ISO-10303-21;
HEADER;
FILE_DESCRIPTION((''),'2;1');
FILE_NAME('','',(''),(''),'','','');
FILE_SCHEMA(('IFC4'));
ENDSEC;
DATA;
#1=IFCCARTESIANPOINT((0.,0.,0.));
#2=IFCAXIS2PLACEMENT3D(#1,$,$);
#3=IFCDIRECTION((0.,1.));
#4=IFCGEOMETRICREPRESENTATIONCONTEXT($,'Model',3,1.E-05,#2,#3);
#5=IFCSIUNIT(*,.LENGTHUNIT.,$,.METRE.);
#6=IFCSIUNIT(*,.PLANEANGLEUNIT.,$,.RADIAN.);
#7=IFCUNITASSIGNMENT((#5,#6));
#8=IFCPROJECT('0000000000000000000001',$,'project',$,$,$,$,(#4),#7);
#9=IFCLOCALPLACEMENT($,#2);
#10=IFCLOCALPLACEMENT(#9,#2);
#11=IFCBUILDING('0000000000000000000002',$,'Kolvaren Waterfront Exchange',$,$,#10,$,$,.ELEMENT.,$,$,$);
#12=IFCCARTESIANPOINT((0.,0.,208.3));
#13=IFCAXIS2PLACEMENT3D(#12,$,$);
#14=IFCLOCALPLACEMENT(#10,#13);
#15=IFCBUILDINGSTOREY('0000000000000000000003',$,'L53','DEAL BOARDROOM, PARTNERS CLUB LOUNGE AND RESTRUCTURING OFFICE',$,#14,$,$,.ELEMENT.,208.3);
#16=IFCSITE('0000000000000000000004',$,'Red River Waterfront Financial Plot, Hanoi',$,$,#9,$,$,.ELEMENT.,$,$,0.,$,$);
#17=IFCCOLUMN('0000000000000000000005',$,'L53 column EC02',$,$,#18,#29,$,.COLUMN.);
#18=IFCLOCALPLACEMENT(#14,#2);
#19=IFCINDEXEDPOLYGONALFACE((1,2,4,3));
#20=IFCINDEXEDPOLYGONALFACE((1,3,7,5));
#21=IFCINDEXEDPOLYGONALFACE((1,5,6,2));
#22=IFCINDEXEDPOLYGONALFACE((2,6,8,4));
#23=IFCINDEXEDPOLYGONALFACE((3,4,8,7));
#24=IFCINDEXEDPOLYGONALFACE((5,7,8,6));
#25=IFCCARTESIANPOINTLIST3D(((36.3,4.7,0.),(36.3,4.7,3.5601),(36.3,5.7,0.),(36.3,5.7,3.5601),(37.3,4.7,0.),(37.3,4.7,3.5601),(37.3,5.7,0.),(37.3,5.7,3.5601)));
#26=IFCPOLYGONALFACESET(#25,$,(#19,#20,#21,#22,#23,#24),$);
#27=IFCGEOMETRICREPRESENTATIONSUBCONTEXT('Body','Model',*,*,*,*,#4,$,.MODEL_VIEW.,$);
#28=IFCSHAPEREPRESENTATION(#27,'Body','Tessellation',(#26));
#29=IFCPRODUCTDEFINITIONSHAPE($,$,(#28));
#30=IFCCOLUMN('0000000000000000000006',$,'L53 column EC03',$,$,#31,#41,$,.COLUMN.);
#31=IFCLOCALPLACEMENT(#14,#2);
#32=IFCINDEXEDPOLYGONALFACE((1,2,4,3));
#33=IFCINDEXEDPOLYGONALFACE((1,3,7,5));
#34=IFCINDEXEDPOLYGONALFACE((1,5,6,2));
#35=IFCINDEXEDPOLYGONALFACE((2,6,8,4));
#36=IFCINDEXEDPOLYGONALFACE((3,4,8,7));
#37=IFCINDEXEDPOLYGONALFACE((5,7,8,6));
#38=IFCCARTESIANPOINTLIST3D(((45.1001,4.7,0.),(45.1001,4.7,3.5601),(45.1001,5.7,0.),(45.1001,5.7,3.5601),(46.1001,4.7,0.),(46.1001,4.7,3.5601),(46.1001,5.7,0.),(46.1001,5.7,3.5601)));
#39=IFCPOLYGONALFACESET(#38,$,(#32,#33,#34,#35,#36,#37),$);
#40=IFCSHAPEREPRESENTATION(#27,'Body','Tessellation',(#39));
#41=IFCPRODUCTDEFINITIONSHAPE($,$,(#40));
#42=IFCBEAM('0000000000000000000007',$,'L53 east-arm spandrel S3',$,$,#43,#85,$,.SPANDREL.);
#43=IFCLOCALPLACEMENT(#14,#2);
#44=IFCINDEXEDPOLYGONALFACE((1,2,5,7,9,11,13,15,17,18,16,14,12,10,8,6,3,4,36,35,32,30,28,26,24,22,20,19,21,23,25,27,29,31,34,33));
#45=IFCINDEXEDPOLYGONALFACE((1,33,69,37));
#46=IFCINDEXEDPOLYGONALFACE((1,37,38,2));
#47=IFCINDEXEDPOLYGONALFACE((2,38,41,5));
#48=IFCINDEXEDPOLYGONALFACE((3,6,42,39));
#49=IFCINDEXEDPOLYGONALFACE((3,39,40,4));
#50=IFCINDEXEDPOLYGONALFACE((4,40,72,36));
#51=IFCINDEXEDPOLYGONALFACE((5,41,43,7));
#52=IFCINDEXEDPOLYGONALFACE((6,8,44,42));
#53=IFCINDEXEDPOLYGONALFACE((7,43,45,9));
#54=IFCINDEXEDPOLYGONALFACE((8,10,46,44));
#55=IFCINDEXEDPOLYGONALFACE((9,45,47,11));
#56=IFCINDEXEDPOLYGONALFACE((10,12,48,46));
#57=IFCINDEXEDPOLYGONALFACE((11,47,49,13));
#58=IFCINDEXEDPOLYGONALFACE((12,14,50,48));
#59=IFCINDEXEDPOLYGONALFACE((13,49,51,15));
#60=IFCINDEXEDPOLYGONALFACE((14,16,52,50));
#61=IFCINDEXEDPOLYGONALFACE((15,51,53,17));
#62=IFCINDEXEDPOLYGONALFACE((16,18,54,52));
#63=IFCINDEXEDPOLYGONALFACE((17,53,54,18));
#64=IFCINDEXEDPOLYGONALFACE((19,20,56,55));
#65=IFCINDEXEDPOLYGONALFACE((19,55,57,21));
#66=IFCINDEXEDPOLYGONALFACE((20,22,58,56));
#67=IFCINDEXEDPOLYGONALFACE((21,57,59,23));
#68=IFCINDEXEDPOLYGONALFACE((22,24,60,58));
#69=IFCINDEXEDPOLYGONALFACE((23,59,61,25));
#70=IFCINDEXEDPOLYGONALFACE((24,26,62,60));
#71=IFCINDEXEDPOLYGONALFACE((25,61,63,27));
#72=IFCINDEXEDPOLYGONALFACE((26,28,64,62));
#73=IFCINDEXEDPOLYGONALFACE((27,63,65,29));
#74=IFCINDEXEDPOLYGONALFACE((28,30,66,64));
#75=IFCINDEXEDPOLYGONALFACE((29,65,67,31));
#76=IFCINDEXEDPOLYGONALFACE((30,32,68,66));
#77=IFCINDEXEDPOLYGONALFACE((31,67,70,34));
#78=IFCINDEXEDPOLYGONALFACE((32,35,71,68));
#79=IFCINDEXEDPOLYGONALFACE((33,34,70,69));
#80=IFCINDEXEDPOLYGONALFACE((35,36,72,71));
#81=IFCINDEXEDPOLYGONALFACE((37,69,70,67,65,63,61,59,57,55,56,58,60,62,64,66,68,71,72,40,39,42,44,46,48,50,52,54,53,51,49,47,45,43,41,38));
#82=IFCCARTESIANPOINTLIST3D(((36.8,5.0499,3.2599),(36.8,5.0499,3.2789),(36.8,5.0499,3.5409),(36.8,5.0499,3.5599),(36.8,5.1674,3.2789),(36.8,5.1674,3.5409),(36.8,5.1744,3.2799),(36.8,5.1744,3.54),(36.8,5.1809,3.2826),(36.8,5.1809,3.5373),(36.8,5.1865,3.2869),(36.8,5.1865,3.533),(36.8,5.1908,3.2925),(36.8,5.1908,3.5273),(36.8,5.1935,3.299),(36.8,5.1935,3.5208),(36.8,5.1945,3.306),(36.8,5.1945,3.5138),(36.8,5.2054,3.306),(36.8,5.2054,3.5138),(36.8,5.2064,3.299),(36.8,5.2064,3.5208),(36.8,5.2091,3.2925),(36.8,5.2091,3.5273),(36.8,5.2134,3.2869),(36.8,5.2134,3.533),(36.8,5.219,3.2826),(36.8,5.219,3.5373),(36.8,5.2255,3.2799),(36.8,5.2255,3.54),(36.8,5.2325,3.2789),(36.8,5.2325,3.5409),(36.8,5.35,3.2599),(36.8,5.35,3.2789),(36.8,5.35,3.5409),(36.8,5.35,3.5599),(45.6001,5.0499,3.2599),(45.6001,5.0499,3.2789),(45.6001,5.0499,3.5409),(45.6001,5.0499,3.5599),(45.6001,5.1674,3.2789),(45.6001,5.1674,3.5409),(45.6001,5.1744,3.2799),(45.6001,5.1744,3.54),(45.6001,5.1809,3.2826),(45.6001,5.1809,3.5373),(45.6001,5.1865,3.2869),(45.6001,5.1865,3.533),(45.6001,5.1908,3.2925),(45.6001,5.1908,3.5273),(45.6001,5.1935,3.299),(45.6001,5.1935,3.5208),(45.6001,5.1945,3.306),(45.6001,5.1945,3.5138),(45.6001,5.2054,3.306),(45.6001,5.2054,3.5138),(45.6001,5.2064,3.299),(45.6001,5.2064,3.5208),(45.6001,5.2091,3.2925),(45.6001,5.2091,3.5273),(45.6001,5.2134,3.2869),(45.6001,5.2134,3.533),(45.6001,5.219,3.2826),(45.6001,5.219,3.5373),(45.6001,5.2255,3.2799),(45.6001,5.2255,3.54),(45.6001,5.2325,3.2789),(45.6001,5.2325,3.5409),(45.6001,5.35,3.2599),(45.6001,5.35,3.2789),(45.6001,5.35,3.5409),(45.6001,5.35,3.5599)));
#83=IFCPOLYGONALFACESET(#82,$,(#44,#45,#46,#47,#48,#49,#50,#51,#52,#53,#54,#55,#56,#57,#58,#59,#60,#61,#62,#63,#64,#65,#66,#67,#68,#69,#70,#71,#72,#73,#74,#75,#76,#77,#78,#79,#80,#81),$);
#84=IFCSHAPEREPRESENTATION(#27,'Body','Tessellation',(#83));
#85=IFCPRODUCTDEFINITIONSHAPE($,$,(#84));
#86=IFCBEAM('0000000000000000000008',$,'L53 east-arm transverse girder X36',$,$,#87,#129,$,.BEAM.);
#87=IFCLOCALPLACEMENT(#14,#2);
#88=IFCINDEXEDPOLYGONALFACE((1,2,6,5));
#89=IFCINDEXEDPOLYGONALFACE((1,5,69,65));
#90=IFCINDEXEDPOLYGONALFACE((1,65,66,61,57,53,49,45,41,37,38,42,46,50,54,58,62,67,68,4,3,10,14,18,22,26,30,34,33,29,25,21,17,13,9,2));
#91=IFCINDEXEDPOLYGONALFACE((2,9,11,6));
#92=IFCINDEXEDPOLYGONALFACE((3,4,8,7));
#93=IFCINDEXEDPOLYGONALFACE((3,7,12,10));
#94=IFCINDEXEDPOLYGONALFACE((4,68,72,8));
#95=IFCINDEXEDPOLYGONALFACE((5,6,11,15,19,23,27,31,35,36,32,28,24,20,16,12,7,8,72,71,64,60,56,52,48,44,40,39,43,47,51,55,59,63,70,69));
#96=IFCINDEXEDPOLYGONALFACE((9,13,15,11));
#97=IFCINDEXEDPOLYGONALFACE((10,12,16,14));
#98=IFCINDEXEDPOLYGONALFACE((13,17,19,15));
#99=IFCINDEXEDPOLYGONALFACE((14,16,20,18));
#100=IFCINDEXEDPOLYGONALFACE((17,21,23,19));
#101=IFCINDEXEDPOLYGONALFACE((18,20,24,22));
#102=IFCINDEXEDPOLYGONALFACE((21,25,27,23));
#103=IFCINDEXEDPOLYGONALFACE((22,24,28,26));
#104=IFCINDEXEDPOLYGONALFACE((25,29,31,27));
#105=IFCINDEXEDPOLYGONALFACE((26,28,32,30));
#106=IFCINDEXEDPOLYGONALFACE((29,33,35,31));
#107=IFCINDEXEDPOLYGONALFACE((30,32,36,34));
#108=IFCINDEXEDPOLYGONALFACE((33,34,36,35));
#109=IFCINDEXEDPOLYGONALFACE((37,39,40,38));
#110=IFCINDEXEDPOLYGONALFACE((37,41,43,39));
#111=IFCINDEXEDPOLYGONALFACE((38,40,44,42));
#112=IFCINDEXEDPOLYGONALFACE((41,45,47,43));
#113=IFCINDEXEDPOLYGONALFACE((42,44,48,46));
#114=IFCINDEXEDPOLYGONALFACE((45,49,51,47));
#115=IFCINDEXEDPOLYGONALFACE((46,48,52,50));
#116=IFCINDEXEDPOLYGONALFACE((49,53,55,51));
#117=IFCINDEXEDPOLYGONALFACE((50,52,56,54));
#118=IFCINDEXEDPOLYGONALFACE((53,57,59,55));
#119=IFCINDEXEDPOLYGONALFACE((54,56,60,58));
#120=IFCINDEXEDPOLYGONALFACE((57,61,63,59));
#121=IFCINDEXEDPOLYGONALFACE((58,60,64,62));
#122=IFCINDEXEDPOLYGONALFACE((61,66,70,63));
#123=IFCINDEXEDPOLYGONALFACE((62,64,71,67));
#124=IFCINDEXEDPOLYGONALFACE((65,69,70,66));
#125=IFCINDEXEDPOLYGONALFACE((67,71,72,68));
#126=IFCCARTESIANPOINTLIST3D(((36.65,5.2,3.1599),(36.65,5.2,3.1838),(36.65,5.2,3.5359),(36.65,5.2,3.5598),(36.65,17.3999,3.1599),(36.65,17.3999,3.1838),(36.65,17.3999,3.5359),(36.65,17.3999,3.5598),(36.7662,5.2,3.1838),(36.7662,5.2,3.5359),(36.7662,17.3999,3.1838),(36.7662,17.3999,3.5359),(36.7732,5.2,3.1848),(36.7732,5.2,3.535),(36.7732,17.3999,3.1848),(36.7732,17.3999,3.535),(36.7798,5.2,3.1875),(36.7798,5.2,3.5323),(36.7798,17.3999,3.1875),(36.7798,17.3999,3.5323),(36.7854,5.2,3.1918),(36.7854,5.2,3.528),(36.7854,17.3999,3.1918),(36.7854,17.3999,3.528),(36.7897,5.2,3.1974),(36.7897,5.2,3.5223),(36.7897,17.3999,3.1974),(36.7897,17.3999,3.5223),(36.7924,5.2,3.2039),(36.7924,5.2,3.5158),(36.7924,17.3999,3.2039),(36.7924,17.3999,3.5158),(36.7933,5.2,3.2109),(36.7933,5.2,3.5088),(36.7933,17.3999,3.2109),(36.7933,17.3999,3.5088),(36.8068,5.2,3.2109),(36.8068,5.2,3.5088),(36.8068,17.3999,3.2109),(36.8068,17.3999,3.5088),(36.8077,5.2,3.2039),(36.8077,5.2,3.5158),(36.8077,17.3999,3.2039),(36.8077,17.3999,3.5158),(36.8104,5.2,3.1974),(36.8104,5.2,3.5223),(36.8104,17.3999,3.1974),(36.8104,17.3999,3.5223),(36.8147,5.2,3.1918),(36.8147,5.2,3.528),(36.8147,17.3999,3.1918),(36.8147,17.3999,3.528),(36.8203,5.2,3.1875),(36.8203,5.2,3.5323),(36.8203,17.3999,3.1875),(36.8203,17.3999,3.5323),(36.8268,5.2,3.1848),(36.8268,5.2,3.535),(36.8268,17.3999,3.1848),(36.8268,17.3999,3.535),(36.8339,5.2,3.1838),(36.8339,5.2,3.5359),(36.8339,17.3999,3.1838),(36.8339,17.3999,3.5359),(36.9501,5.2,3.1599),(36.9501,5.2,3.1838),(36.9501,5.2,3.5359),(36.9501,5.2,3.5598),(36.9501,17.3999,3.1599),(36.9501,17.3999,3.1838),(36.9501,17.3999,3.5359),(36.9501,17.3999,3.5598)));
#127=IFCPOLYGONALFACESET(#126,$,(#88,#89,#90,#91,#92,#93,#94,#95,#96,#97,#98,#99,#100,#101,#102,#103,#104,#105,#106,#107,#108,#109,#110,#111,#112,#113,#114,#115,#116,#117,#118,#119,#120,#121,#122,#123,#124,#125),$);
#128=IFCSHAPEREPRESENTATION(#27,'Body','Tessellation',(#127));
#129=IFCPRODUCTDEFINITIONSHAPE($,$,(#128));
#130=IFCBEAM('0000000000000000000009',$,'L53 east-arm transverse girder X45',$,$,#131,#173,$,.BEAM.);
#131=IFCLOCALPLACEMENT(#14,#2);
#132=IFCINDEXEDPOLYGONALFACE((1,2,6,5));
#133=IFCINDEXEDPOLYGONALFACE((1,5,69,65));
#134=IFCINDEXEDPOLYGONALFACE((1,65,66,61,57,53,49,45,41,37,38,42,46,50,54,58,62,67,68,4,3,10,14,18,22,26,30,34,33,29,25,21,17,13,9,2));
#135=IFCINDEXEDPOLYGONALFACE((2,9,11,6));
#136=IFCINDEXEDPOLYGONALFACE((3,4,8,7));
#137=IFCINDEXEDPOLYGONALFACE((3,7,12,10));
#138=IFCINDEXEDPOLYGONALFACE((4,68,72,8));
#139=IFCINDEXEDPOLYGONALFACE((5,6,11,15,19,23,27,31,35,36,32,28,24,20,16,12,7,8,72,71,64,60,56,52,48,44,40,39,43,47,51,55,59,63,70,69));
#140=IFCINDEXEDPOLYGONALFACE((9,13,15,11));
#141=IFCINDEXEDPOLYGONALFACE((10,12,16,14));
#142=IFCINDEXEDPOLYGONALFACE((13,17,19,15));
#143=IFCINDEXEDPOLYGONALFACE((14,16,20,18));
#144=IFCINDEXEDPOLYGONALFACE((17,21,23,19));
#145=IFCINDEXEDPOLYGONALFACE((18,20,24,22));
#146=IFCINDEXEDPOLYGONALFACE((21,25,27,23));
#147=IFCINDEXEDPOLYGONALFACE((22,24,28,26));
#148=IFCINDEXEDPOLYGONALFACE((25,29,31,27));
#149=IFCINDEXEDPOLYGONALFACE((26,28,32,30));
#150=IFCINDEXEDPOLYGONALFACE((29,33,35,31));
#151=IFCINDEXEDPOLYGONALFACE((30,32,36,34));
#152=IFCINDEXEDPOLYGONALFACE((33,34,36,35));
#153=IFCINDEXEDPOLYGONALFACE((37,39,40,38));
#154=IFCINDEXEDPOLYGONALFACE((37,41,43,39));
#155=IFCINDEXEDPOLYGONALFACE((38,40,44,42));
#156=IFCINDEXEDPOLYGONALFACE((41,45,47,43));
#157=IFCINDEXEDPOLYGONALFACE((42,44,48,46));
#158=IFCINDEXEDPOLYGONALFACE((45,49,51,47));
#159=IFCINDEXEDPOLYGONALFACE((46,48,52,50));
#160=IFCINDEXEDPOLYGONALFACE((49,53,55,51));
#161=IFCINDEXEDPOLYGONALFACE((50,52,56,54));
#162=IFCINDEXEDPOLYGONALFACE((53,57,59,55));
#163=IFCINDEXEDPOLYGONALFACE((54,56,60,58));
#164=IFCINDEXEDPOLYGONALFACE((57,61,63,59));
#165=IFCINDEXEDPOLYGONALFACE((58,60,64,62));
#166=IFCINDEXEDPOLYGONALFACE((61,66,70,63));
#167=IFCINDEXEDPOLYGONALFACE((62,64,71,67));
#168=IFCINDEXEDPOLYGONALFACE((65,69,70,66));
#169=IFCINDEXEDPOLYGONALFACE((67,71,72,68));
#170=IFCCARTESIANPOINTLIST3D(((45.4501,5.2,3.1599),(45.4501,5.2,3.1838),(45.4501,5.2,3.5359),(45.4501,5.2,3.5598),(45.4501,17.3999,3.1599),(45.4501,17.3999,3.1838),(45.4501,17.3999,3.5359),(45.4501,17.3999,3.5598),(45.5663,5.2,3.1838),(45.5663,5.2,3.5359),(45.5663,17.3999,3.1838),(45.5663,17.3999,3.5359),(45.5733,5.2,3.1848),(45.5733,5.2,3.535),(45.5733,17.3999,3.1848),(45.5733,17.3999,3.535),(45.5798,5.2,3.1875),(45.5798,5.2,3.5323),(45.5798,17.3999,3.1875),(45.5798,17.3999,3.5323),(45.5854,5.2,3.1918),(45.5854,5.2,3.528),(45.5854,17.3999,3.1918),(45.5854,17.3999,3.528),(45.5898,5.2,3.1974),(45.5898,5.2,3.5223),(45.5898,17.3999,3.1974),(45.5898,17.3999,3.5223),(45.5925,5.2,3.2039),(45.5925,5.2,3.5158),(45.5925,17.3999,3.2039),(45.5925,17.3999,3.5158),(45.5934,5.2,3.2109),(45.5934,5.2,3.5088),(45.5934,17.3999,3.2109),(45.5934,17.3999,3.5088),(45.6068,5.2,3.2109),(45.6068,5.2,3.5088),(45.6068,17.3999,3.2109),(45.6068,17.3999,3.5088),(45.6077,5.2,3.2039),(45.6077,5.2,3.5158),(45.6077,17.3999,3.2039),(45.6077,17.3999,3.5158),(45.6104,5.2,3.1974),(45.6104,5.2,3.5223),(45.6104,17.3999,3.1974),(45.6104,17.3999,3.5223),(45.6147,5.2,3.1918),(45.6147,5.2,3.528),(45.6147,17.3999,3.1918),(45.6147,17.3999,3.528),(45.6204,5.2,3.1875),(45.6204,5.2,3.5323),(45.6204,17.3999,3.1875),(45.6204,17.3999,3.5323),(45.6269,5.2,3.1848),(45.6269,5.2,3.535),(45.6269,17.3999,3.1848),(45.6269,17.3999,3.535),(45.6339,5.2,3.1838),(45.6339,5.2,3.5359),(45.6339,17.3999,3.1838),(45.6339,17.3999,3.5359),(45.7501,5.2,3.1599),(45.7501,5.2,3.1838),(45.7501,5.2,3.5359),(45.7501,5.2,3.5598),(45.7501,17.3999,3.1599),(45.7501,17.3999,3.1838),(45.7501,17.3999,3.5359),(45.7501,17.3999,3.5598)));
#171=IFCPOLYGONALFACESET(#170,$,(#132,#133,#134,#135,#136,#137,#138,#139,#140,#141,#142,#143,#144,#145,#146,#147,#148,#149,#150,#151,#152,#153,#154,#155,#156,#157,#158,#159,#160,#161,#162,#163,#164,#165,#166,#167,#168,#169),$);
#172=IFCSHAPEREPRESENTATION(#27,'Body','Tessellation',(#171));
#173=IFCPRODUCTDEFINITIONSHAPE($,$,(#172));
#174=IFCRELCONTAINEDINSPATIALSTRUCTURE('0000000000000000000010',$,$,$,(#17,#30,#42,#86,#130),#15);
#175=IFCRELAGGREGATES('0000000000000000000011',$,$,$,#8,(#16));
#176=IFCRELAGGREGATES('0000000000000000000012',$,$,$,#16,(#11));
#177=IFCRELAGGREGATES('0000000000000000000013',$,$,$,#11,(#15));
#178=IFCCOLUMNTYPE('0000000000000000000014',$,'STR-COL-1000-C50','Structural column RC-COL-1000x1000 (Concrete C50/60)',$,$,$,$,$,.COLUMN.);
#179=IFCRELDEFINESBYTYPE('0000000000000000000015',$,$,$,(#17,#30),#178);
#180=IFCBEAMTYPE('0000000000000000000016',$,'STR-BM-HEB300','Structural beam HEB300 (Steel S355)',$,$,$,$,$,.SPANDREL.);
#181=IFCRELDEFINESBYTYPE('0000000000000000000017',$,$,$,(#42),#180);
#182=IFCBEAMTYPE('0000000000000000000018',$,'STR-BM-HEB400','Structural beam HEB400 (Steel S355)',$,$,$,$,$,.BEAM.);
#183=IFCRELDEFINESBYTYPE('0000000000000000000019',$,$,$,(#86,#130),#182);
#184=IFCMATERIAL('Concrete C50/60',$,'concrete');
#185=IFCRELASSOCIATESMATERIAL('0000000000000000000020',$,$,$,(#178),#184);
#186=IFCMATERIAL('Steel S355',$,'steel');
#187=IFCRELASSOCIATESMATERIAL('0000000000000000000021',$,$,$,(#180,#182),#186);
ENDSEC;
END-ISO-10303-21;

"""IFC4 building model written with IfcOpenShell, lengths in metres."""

from ifc_helpers import new_model, si_unit, direction, frame, origin, origin_2d, place, context, subcontext, project, spatial, rectangle, i_section, extrude, material, material_profile, profile_set, type_object, element, save


model = new_model("IFC4")

# Units and contexts
model_context = context("Model", 3, precision=1e-05, world=origin(), true_north=direction((0.0, 1.0)))
body_context = subcontext(model_context, "Body", "Model", "MODEL_VIEW")
ifc_project = project(units=[si_unit("LENGTHUNIT", "METRE"), si_unit("PLANEANGLEUNIT", "RADIAN")], contexts=[model_context])

# Site, building, storey
site_placement = place(None, origin())
site = spatial("IfcSite", under=ifc_project, at=site_placement, Name="Red River Waterfront Financial Plot, Hanoi", CompositionType="ELEMENT", RefElevation=0.0)
building_placement = place(site_placement, origin())
building = spatial("IfcBuilding", under=site, at=building_placement, Name="Kolvaren Waterfront Exchange", CompositionType="ELEMENT")
storey_placement = place(building_placement, frame((0.0, 0.0, 208.3)))
storey = spatial("IfcBuildingStorey", under=building, at=storey_placement, Name="L53", Description="DEAL BOARDROOM, PARTNERS CLUB LOUNGE AND RESTRUCTURING OFFICE", CompositionType="ELEMENT", Elevation=208.3)

# Columns
ifc_material_1 = material(Name="Concrete C50/60", Category="concrete")
ifc_material_profile_1 = material_profile(ifc_material_1, rectangle(XDim=1.0, YDim=1.0, at=origin_2d()), Name="RC-COL-1000x1000")
ifc_profile_set_1 = profile_set([ifc_material_profile_1], Name="Concrete C50/60")
column_type = type_object("IfcColumnType", Name="STR-COL-1000-C50", Description="Structural column RC-COL-1000x1000 (Concrete C50/60)", PredefinedType="COLUMN", material=ifc_profile_set_1)
for number, where, z_axis, x_axis, name in (
    (1, (36.8, 5.2, 0.0), (0.0, 0.0, 1.0), (1.0, 0.0, 0.0), "L53 column EC02"),
    (2, (45.6001, 5.2, 0.0), (0.0, 0.0, 1.0), (1.0, 0.0, 0.0), "L53 column EC03"),
):
    element("IfcColumn", number, at=place(storey_placement, frame(where, z_axis=z_axis, x_axis=x_axis)), inside=storey, type_object=column_type, Name=name, PredefinedType="COLUMN", context=body_context, shape_type="SweptSolid", body=[
        extrude(rectangle(XDim=1.0, YDim=1.0, at=origin_2d()), origin(), (0.0, 0.0, 1.0), 3.5601),
    ])

# Beams
ifc_material_2 = material(Name="Steel S355", Category="steel")
ifc_material_profile_2 = material_profile(ifc_material_2, i_section(OverallWidth=0.3, OverallDepth=0.3, WebThickness=0.011, FlangeThickness=0.019, FilletRadius=0.0271, at=origin_2d()), Name="HEB300")
ifc_profile_set_2 = profile_set([ifc_material_profile_2], Name="Steel S355")
beam_type_1 = type_object("IfcBeamType", Name="STR-BM-HEB300", Description="Structural beam HEB300 (Steel S355)", PredefinedType="SPANDREL", material=ifc_profile_set_2)
beam_1_placement = place(storey_placement, frame((36.8, 5.2, 3.4099), z_axis=(1.0, 0.0, 0.0), x_axis=(0.0, 1.0, 0.0)))
element("IfcBeam", 3, at=beam_1_placement, inside=storey, type_object=beam_type_1, Name="L53 east-arm spandrel S3", PredefinedType="SPANDREL", context=body_context, shape_type="SweptSolid", body=[
    extrude(i_section(OverallWidth=0.3, OverallDepth=0.3, WebThickness=0.011, FlangeThickness=0.019, FilletRadius=0.0271, at=origin_2d()), origin(), (0.0, 0.0, 1.0), 8.8),
])
ifc_material_profile_3 = material_profile(ifc_material_2, i_section(OverallWidth=0.3, OverallDepth=0.3999, WebThickness=0.0134, FlangeThickness=0.0239, FilletRadius=0.0271, at=origin_2d()), Name="HEB400")
ifc_profile_set_3 = profile_set([ifc_material_profile_3], Name="Steel S355")
beam_type_2 = type_object("IfcBeamType", Name="STR-BM-HEB400", Description="Structural beam HEB400 (Steel S355)", PredefinedType="BEAM", material=ifc_profile_set_3)
for number, where, z_axis, x_axis, name in (
    (4, (36.8, 5.2, 3.3599), (0.0, 1.0, 0.0), (-1.0, 0.0, 0.0), "L53 east-arm transverse girder X36"),
    (5, (45.6001, 5.2, 3.3599), (0.0, 1.0, 0.0), (-1.0, 0.0, 0.0), "L53 east-arm transverse girder X45"),
):
    element("IfcBeam", number, at=place(storey_placement, frame(where, z_axis=z_axis, x_axis=x_axis)), inside=storey, type_object=beam_type_2, Name=name, PredefinedType="BEAM", context=body_context, shape_type="SweptSolid", body=[
        extrude(i_section(OverallWidth=0.3, OverallDepth=0.3999, WebThickness=0.0134, FlangeThickness=0.0239, FilletRadius=0.0271, at=origin_2d()), origin(), (0.0, 0.0, 1.0), 12.2),
    ])

save(model, "model.ifc")
